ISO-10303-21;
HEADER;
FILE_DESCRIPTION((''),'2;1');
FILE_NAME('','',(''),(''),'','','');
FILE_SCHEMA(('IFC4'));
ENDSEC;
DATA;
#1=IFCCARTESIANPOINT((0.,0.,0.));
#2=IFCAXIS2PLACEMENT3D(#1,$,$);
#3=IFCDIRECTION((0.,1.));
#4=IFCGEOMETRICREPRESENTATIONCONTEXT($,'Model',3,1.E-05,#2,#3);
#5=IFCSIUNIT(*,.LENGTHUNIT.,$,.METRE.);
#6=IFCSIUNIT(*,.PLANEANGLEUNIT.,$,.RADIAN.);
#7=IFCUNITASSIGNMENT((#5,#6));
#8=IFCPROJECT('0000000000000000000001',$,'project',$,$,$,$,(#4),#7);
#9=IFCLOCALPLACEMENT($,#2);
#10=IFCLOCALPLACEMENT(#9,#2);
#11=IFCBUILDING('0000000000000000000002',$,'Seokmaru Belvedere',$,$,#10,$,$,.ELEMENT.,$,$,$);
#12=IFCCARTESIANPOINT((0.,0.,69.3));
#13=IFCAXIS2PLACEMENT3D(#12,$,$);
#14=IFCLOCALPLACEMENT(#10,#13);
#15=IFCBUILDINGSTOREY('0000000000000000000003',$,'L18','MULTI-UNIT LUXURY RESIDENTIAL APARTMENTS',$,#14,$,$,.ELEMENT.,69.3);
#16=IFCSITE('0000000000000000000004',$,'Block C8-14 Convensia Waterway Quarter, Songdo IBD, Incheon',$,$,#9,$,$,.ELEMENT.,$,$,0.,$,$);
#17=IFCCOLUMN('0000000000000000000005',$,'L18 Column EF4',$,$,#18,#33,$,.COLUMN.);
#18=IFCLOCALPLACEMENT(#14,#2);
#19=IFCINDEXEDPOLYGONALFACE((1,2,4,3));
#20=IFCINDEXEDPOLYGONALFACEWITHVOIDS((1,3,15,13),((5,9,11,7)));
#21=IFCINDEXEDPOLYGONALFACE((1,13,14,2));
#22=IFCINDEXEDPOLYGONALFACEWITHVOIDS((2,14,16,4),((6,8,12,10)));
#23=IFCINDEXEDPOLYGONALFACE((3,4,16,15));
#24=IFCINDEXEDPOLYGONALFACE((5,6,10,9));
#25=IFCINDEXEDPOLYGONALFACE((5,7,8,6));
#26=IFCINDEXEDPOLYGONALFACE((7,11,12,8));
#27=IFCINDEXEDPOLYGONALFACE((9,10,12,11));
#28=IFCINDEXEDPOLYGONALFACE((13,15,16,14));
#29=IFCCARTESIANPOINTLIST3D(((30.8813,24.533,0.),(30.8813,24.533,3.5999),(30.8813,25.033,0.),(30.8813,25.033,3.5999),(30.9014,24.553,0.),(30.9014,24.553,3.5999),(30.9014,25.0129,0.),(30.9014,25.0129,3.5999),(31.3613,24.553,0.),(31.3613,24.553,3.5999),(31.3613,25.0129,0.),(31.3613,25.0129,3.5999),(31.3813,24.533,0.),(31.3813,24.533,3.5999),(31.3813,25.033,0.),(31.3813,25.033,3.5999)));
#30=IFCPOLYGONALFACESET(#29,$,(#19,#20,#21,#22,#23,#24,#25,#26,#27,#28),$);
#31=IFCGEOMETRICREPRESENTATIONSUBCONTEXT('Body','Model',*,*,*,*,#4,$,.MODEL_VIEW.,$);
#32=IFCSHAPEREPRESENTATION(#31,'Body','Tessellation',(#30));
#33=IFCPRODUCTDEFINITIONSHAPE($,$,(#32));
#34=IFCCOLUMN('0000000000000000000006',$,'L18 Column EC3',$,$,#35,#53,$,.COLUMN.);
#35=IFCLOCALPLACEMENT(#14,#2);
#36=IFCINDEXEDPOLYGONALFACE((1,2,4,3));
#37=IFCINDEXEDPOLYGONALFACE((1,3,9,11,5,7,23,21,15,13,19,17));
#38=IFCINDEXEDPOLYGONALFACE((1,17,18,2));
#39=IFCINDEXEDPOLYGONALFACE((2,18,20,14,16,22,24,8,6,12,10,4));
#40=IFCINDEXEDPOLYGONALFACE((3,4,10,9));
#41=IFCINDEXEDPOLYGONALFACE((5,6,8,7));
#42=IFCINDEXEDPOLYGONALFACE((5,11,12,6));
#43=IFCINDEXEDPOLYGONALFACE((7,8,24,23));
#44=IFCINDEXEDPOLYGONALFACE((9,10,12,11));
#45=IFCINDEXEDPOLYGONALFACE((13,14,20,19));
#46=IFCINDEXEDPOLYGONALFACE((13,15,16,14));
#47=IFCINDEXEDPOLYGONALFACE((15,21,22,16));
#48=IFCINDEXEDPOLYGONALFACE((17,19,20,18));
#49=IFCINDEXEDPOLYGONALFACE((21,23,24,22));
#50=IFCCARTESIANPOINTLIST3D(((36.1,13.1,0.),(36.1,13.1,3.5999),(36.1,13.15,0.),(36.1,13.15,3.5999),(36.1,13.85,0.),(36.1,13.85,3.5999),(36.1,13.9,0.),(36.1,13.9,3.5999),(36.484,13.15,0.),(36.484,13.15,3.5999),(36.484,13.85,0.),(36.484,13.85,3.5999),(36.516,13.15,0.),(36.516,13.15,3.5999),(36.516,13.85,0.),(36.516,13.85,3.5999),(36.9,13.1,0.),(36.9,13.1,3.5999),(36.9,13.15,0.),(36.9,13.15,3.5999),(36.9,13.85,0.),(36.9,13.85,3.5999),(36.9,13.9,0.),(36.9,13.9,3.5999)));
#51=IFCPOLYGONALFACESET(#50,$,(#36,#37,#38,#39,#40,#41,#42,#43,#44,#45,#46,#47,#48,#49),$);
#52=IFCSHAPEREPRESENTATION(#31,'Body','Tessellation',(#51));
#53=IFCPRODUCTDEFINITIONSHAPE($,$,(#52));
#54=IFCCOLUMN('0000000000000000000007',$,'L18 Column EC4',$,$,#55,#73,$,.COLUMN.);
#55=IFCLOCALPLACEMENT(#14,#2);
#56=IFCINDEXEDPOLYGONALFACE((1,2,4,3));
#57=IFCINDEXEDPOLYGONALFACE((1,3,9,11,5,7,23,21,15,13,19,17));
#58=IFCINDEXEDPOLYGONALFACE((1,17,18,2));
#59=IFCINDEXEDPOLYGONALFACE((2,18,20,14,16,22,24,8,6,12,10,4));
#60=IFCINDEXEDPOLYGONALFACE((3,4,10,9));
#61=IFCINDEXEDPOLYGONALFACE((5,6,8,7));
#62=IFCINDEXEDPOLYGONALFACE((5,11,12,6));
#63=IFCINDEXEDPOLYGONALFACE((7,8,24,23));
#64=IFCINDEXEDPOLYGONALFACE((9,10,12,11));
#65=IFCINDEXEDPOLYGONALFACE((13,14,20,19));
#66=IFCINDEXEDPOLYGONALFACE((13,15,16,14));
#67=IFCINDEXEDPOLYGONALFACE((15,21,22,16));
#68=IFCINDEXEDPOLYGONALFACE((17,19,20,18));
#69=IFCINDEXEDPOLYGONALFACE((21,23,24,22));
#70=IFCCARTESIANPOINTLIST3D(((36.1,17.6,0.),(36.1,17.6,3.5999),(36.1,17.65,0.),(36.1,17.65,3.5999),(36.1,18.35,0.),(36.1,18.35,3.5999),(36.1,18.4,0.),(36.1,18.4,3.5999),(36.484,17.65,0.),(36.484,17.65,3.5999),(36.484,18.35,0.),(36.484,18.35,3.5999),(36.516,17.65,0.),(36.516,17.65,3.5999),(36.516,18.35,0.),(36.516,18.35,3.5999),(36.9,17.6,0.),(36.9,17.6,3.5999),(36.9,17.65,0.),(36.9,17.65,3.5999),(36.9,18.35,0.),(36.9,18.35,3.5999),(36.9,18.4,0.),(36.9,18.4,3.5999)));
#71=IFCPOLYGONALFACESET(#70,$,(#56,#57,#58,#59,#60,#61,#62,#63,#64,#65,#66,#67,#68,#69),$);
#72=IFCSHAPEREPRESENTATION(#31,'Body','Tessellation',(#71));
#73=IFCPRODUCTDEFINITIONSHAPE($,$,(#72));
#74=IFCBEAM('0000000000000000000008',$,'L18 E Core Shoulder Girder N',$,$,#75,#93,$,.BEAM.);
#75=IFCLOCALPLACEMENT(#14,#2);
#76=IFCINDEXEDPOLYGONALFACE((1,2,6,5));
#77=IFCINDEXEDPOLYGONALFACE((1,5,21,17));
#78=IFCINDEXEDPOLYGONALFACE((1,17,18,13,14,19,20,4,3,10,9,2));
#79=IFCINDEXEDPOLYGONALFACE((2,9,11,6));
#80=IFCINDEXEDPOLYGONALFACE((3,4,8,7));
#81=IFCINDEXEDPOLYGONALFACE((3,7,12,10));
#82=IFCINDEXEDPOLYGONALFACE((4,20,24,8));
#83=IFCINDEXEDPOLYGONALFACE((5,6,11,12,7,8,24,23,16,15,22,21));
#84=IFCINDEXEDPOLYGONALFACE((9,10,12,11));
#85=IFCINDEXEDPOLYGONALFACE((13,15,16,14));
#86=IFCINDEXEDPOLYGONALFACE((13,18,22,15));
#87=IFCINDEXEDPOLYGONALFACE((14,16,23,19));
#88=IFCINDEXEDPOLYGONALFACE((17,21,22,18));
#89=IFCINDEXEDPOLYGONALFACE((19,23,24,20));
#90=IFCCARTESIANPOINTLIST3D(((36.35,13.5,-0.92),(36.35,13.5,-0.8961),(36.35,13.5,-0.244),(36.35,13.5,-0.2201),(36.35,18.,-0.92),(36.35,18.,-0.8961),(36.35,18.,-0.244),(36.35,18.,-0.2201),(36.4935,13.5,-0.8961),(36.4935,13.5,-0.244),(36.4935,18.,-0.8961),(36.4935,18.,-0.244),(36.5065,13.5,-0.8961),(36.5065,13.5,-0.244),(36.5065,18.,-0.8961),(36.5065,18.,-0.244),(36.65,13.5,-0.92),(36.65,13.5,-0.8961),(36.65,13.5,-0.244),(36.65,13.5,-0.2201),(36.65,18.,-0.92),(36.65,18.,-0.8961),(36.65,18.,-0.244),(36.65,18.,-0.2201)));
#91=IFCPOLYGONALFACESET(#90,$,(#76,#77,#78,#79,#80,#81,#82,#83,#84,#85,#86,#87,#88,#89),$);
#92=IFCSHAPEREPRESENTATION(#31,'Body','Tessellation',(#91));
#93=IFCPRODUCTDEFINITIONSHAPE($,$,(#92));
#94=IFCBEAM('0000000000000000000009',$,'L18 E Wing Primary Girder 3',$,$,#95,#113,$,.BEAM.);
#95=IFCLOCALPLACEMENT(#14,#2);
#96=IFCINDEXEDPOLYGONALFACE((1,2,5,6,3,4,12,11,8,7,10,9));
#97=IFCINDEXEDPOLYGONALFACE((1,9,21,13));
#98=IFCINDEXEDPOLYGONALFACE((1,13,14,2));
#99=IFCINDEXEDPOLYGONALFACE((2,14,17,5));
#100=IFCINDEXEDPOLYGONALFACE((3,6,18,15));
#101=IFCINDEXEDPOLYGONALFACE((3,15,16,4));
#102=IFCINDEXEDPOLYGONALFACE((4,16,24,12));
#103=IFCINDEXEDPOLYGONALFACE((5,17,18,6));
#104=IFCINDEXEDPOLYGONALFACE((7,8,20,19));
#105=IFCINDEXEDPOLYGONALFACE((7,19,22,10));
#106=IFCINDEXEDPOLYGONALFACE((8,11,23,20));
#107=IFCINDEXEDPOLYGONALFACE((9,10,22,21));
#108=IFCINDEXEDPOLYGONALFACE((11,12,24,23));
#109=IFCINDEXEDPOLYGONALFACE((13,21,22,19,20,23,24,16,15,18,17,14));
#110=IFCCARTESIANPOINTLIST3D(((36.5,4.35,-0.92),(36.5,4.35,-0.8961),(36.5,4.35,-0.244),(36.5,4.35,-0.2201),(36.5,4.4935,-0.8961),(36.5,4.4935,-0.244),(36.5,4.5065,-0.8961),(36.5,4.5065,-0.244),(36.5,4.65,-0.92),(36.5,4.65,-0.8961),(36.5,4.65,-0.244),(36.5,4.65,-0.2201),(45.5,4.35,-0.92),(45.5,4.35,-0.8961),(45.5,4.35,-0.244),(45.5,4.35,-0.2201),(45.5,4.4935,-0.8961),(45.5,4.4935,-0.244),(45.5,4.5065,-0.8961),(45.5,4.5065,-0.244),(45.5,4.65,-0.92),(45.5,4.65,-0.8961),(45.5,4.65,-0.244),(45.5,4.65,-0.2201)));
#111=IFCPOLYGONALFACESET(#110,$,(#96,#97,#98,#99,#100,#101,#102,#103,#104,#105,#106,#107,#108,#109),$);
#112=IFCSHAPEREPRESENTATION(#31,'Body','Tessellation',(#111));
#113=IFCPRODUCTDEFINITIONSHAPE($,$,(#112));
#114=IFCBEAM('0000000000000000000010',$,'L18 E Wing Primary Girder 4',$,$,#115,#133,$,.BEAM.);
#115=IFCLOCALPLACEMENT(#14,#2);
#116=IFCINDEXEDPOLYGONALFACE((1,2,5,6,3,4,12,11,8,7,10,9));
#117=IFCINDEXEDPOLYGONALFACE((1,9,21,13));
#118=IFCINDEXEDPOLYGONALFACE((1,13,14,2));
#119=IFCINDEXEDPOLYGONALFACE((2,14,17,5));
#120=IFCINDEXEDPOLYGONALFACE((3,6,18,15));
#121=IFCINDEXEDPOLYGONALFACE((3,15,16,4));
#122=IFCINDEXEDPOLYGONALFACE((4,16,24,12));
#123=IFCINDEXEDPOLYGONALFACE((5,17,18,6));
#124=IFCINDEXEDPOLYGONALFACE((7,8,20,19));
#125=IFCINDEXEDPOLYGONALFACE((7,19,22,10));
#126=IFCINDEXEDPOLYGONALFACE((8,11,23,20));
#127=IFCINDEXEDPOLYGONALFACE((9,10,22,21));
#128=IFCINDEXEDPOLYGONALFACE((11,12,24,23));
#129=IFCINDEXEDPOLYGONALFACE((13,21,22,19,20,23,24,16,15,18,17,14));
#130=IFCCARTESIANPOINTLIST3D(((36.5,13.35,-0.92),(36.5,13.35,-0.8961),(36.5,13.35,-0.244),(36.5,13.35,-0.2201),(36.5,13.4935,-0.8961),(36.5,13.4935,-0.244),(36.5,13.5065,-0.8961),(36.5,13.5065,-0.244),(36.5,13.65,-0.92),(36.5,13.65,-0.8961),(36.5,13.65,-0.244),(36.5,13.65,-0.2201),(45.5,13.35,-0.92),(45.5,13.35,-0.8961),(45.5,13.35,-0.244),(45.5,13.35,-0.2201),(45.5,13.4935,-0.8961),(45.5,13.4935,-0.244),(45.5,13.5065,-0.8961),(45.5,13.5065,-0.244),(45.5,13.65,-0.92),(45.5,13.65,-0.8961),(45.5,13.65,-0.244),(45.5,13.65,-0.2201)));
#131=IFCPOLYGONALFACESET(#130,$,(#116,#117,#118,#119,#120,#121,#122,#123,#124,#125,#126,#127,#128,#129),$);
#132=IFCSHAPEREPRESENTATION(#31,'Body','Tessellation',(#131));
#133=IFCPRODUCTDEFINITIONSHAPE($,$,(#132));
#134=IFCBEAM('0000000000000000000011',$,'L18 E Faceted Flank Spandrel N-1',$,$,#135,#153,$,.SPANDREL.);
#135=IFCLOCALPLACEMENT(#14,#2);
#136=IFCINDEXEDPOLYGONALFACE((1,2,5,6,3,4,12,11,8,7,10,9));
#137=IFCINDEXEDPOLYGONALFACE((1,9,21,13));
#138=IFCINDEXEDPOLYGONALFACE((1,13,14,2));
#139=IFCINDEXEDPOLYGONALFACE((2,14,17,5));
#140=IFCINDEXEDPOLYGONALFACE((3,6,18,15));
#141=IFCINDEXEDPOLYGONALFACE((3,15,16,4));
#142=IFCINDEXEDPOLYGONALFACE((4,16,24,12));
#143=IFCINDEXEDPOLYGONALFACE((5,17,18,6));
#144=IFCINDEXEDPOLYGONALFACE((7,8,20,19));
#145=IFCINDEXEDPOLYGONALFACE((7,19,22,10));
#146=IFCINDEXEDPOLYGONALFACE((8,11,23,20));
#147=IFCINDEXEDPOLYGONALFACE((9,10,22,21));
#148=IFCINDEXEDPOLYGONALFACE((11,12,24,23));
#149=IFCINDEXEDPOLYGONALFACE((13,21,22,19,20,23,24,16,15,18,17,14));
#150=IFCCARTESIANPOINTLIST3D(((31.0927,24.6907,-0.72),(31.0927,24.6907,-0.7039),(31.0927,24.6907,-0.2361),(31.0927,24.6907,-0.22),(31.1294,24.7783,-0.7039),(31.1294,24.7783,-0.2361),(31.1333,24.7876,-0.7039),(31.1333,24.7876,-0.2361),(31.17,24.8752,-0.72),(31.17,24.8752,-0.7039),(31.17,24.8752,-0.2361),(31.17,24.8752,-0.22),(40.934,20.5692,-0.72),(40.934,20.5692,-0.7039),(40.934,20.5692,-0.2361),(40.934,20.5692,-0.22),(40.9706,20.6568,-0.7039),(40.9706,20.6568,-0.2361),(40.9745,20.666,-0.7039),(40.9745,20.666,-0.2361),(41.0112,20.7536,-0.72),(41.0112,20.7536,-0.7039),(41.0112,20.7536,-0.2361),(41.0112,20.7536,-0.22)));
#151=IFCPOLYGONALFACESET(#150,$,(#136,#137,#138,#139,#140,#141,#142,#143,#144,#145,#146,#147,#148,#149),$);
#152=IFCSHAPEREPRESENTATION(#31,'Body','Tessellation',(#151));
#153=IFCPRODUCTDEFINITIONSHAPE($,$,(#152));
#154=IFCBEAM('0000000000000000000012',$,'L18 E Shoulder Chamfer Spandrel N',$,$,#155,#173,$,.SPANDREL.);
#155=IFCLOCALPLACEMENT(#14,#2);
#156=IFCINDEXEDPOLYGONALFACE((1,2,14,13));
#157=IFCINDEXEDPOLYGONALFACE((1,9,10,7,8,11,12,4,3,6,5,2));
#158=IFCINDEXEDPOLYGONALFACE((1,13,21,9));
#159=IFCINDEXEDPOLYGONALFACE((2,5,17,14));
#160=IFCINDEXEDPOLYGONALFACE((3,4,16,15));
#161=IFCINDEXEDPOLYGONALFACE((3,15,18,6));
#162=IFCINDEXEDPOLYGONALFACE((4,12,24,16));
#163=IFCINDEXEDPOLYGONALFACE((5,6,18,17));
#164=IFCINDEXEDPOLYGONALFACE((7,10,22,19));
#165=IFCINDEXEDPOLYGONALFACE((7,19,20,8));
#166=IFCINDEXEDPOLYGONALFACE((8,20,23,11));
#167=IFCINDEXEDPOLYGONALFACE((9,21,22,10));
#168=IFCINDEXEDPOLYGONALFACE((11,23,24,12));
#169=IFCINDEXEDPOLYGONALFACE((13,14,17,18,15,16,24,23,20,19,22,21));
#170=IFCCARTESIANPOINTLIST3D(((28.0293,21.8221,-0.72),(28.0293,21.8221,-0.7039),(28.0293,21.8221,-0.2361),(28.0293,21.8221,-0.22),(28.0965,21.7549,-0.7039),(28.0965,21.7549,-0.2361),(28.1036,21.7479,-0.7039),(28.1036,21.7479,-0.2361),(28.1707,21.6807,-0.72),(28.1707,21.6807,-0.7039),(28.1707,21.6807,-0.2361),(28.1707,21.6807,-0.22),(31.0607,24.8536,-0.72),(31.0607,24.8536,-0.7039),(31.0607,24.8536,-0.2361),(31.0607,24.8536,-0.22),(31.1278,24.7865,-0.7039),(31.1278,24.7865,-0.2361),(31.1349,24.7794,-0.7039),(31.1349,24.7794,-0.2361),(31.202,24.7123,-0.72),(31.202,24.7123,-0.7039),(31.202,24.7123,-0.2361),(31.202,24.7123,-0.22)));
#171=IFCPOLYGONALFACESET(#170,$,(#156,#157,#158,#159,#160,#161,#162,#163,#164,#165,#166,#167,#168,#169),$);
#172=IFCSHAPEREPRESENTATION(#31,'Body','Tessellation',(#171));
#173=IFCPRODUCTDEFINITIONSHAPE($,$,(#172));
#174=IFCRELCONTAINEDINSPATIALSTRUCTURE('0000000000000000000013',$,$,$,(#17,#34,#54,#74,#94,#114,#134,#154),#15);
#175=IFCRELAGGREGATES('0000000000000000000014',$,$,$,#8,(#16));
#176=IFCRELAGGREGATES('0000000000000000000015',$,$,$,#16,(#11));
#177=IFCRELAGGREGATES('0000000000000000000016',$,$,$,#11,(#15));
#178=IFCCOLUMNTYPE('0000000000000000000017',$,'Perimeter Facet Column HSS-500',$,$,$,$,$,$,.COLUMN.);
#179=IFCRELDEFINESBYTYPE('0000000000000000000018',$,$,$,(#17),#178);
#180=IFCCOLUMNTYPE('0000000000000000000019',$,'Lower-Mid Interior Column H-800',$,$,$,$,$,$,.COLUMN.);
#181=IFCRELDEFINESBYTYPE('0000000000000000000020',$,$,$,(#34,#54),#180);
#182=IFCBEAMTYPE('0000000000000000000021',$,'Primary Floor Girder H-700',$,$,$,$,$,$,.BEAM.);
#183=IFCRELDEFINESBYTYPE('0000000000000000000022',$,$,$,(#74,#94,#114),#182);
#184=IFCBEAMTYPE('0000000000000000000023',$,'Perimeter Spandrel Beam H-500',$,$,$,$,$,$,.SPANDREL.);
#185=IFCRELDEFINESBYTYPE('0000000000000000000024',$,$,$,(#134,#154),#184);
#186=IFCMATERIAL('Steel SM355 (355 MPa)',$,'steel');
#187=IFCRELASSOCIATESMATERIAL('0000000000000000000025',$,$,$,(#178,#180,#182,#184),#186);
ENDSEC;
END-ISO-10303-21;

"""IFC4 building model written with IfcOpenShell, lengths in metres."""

from ifc_helpers import new_model, si_unit, direction, frame, origin, origin_2d, place, context, subcontext, project, spatial, hollow_rectangle, i_section, extrude, source, transform, mapped, material, material_profile, profile_set, type_object, type_shapes, element, save


model = new_model("IFC4")

# Units and contexts
model_context = context("Model", 3, precision=1e-05, world=origin(), true_north=direction((0.0, 1.0)))
body_context = subcontext(model_context, "Body", "Model", "MODEL_VIEW")
ifc_project = project(units=[si_unit("LENGTHUNIT", "METRE"), si_unit("PLANEANGLEUNIT", "RADIAN")], contexts=[model_context])

# Site, building, storey
site_placement = place(None, origin())
site = spatial("IfcSite", under=ifc_project, at=site_placement, Name="Block C8-14 Convensia Waterway Quarter, Songdo IBD, Incheon", CompositionType="ELEMENT", RefElevation=0.0)
building_placement = place(site_placement, origin())
building = spatial("IfcBuilding", under=site, at=building_placement, Name="Seokmaru Belvedere", CompositionType="ELEMENT")
storey_placement = place(building_placement, frame((0.0, 0.0, 69.3)))
storey = spatial("IfcBuildingStorey", under=building, at=storey_placement, Name="L18", Description="MULTI-UNIT LUXURY RESIDENTIAL APARTMENTS", CompositionType="ELEMENT", Elevation=69.3)

# Columns
ifc_material_1 = material(Name="Steel SM355 (355 MPa)", Category="steel")
ifc_material_profile_1 = material_profile(ifc_material_1, hollow_rectangle(XDim=0.5, YDim=0.5, WallThickness=0.02, at=origin_2d()), Name="HSS-500x500x20")
ifc_profile_set_1 = profile_set([ifc_material_profile_1], Name="Steel SM355 (355 MPa)")
column_type_1 = type_object("IfcColumnType", Name="Perimeter Facet Column HSS-500", PredefinedType="COLUMN", material=ifc_profile_set_1)
shared_shape_1 = source(origin(), body_context, "Body", "SweptSolid", [
    extrude(hollow_rectangle(XDim=0.5, YDim=0.5, WallThickness=0.02, at=origin_2d()), origin(), (0.0, 0.0, 1.0), 3.5999),
])
type_shapes(column_type_1, [shared_shape_1])
column_placement = place(storey_placement, frame((31.1313, 24.783, 0.0), z_axis=(0.0, 0.0, 1.0), x_axis=(1.0, 0.0, 0.0)))
element("IfcColumn", 1, at=column_placement, inside=storey, type_object=column_type_1, Name="L18 Column EF4", PredefinedType="COLUMN", context=body_context, shape_type="MappedRepresentation", body=[
    mapped(shared_shape_1, transform((0.0, 0.0, 0.0), scale=1.0)),
])
ifc_material_profile_2 = material_profile(ifc_material_1, i_section(OverallWidth=0.8, OverallDepth=0.8, WebThickness=0.032, FlangeThickness=0.05, at=origin_2d()), Name="H-800x800x32x50")
ifc_profile_set_2 = profile_set([ifc_material_profile_2], Name="Steel SM355 (355 MPa)")
column_type_2 = type_object("IfcColumnType", Name="Lower-Mid Interior Column H-800", PredefinedType="COLUMN", material=ifc_profile_set_2)
shared_shape_2 = source(origin(), body_context, "Body", "SweptSolid", [
    extrude(i_section(OverallWidth=0.8, OverallDepth=0.8, WebThickness=0.032, FlangeThickness=0.05, at=origin_2d()), origin(), (0.0, 0.0, 1.0), 3.5999),
])
type_shapes(column_type_2, [shared_shape_2])
for number, where, z_axis, x_axis, name in (
    (2, (36.5, 13.5, 0.0), (0.0, 0.0, 1.0), (1.0, 0.0, 0.0), "L18 Column EC3"),
    (3, (36.5, 18.0, 0.0), (0.0, 0.0, 1.0), (1.0, 0.0, 0.0), "L18 Column EC4"),
):
    element("IfcColumn", number, at=place(storey_placement, frame(where, z_axis=z_axis, x_axis=x_axis)), inside=storey, type_object=column_type_2, Name=name, PredefinedType="COLUMN", context=body_context, shape_type="MappedRepresentation", body=[
        mapped(shared_shape_2, transform((0.0, 0.0, 0.0), scale=1.0)),
    ])

# Beams
ifc_material_profile_3 = material_profile(ifc_material_1, i_section(OverallWidth=0.3, OverallDepth=0.7, WebThickness=0.0129, FlangeThickness=0.0239, at=origin_2d()), Name="H-700x300x13x24")
ifc_profile_set_3 = profile_set([ifc_material_profile_3], Name="Steel SM355 (355 MPa)")
beam_type_1 = type_object("IfcBeamType", Name="Primary Floor Girder H-700", PredefinedType="BEAM", material=ifc_profile_set_3)
shared_shape_3 = source(origin(), body_context, "Body", "SweptSolid", [
    extrude(i_section(OverallWidth=0.3, OverallDepth=0.7, WebThickness=0.0129, FlangeThickness=0.0239, at=origin_2d()), origin(), (0.0, 0.0, 1.0), 4.5),
])
beam_1_placement = place(storey_placement, frame((36.5, 13.5, -0.5701), z_axis=(0.0, 1.0, 0.0), x_axis=(-1.0, 0.0, 0.0)))
element("IfcBeam", 4, at=beam_1_placement, inside=storey, type_object=beam_type_1, Name="L18 E Core Shoulder Girder N", PredefinedType="BEAM", context=body_context, shape_type="MappedRepresentation", body=[
    mapped(shared_shape_3, transform((0.0, 0.0, 0.0), scale=1.0)),
])
shared_shape_4 = source(origin(), body_context, "Body", "SweptSolid", [
    extrude(i_section(OverallWidth=0.3, OverallDepth=0.7, WebThickness=0.0129, FlangeThickness=0.0239, at=origin_2d()), origin(), (0.0, 0.0, 1.0), 9.0),
])
type_shapes(beam_type_1, [shared_shape_3, shared_shape_4])
for number, where, z_axis, x_axis, name in (
    (5, (36.5, 4.5, -0.5701), (1.0, 0.0, 0.0), (0.0, 1.0, 0.0), "L18 E Wing Primary Girder 3"),
    (6, (36.5, 13.5, -0.5701), (1.0, 0.0, 0.0), (0.0, 1.0, 0.0), "L18 E Wing Primary Girder 4"),
):
    element("IfcBeam", number, at=place(storey_placement, frame(where, z_axis=z_axis, x_axis=x_axis)), inside=storey, type_object=beam_type_1, Name=name, PredefinedType="BEAM", context=body_context, shape_type="MappedRepresentation", body=[
        mapped(shared_shape_4, transform((0.0, 0.0, 0.0), scale=1.0)),
    ])
ifc_material_profile_4 = material_profile(ifc_material_1, i_section(OverallWidth=0.2, OverallDepth=0.5, WebThickness=0.01, FlangeThickness=0.0161, at=origin_2d()), Name="H-500x200x10x16")
ifc_profile_set_4 = profile_set([ifc_material_profile_4], Name="Steel SM355 (355 MPa)")
beam_type_2 = type_object("IfcBeamType", Name="Perimeter Spandrel Beam H-500", PredefinedType="SPANDREL", material=ifc_profile_set_4)
shared_shape_5 = source(origin(), body_context, "Body", "SweptSolid", [
    extrude(i_section(OverallWidth=0.2, OverallDepth=0.5, WebThickness=0.01, FlangeThickness=0.0161, at=origin_2d()), origin(), (0.0, 0.0, 1.0), 10.6694),
])
beam_2_placement = place(storey_placement, frame((31.1313, 24.783, -0.47), z_axis=(0.922375, -0.386295, 0.0), x_axis=(0.386295, 0.922375, 0.0)))
element("IfcBeam", 7, at=beam_2_placement, inside=storey, type_object=beam_type_2, Name="L18 E Faceted Flank Spandrel N-1", PredefinedType="SPANDREL", context=body_context, shape_type="MappedRepresentation", body=[
    mapped(shared_shape_5, transform((0.0, 0.0, 0.0), scale=1.0)),
])
shared_shape_6 = source(origin(), body_context, "Body", "SweptSolid", [
    extrude(i_section(OverallWidth=0.2, OverallDepth=0.5, WebThickness=0.01, FlangeThickness=0.0161, at=origin_2d()), origin(), (0.0, 0.0, 1.0), 4.2871),
])
type_shapes(beam_type_2, [shared_shape_5, shared_shape_6])
beam_3_placement = place(storey_placement, frame((31.1313, 24.783, -0.47), z_axis=(-0.707078, -0.707135, 0.0), x_axis=(0.707135, -0.707078, 0.0)))
element("IfcBeam", 8, at=beam_3_placement, inside=storey, type_object=beam_type_2, Name="L18 E Shoulder Chamfer Spandrel N", PredefinedType="SPANDREL", context=body_context, shape_type="MappedRepresentation", body=[
    mapped(shared_shape_6, transform((0.0, 0.0, 0.0), scale=1.0)),
])

save(model, "model.ifc")
